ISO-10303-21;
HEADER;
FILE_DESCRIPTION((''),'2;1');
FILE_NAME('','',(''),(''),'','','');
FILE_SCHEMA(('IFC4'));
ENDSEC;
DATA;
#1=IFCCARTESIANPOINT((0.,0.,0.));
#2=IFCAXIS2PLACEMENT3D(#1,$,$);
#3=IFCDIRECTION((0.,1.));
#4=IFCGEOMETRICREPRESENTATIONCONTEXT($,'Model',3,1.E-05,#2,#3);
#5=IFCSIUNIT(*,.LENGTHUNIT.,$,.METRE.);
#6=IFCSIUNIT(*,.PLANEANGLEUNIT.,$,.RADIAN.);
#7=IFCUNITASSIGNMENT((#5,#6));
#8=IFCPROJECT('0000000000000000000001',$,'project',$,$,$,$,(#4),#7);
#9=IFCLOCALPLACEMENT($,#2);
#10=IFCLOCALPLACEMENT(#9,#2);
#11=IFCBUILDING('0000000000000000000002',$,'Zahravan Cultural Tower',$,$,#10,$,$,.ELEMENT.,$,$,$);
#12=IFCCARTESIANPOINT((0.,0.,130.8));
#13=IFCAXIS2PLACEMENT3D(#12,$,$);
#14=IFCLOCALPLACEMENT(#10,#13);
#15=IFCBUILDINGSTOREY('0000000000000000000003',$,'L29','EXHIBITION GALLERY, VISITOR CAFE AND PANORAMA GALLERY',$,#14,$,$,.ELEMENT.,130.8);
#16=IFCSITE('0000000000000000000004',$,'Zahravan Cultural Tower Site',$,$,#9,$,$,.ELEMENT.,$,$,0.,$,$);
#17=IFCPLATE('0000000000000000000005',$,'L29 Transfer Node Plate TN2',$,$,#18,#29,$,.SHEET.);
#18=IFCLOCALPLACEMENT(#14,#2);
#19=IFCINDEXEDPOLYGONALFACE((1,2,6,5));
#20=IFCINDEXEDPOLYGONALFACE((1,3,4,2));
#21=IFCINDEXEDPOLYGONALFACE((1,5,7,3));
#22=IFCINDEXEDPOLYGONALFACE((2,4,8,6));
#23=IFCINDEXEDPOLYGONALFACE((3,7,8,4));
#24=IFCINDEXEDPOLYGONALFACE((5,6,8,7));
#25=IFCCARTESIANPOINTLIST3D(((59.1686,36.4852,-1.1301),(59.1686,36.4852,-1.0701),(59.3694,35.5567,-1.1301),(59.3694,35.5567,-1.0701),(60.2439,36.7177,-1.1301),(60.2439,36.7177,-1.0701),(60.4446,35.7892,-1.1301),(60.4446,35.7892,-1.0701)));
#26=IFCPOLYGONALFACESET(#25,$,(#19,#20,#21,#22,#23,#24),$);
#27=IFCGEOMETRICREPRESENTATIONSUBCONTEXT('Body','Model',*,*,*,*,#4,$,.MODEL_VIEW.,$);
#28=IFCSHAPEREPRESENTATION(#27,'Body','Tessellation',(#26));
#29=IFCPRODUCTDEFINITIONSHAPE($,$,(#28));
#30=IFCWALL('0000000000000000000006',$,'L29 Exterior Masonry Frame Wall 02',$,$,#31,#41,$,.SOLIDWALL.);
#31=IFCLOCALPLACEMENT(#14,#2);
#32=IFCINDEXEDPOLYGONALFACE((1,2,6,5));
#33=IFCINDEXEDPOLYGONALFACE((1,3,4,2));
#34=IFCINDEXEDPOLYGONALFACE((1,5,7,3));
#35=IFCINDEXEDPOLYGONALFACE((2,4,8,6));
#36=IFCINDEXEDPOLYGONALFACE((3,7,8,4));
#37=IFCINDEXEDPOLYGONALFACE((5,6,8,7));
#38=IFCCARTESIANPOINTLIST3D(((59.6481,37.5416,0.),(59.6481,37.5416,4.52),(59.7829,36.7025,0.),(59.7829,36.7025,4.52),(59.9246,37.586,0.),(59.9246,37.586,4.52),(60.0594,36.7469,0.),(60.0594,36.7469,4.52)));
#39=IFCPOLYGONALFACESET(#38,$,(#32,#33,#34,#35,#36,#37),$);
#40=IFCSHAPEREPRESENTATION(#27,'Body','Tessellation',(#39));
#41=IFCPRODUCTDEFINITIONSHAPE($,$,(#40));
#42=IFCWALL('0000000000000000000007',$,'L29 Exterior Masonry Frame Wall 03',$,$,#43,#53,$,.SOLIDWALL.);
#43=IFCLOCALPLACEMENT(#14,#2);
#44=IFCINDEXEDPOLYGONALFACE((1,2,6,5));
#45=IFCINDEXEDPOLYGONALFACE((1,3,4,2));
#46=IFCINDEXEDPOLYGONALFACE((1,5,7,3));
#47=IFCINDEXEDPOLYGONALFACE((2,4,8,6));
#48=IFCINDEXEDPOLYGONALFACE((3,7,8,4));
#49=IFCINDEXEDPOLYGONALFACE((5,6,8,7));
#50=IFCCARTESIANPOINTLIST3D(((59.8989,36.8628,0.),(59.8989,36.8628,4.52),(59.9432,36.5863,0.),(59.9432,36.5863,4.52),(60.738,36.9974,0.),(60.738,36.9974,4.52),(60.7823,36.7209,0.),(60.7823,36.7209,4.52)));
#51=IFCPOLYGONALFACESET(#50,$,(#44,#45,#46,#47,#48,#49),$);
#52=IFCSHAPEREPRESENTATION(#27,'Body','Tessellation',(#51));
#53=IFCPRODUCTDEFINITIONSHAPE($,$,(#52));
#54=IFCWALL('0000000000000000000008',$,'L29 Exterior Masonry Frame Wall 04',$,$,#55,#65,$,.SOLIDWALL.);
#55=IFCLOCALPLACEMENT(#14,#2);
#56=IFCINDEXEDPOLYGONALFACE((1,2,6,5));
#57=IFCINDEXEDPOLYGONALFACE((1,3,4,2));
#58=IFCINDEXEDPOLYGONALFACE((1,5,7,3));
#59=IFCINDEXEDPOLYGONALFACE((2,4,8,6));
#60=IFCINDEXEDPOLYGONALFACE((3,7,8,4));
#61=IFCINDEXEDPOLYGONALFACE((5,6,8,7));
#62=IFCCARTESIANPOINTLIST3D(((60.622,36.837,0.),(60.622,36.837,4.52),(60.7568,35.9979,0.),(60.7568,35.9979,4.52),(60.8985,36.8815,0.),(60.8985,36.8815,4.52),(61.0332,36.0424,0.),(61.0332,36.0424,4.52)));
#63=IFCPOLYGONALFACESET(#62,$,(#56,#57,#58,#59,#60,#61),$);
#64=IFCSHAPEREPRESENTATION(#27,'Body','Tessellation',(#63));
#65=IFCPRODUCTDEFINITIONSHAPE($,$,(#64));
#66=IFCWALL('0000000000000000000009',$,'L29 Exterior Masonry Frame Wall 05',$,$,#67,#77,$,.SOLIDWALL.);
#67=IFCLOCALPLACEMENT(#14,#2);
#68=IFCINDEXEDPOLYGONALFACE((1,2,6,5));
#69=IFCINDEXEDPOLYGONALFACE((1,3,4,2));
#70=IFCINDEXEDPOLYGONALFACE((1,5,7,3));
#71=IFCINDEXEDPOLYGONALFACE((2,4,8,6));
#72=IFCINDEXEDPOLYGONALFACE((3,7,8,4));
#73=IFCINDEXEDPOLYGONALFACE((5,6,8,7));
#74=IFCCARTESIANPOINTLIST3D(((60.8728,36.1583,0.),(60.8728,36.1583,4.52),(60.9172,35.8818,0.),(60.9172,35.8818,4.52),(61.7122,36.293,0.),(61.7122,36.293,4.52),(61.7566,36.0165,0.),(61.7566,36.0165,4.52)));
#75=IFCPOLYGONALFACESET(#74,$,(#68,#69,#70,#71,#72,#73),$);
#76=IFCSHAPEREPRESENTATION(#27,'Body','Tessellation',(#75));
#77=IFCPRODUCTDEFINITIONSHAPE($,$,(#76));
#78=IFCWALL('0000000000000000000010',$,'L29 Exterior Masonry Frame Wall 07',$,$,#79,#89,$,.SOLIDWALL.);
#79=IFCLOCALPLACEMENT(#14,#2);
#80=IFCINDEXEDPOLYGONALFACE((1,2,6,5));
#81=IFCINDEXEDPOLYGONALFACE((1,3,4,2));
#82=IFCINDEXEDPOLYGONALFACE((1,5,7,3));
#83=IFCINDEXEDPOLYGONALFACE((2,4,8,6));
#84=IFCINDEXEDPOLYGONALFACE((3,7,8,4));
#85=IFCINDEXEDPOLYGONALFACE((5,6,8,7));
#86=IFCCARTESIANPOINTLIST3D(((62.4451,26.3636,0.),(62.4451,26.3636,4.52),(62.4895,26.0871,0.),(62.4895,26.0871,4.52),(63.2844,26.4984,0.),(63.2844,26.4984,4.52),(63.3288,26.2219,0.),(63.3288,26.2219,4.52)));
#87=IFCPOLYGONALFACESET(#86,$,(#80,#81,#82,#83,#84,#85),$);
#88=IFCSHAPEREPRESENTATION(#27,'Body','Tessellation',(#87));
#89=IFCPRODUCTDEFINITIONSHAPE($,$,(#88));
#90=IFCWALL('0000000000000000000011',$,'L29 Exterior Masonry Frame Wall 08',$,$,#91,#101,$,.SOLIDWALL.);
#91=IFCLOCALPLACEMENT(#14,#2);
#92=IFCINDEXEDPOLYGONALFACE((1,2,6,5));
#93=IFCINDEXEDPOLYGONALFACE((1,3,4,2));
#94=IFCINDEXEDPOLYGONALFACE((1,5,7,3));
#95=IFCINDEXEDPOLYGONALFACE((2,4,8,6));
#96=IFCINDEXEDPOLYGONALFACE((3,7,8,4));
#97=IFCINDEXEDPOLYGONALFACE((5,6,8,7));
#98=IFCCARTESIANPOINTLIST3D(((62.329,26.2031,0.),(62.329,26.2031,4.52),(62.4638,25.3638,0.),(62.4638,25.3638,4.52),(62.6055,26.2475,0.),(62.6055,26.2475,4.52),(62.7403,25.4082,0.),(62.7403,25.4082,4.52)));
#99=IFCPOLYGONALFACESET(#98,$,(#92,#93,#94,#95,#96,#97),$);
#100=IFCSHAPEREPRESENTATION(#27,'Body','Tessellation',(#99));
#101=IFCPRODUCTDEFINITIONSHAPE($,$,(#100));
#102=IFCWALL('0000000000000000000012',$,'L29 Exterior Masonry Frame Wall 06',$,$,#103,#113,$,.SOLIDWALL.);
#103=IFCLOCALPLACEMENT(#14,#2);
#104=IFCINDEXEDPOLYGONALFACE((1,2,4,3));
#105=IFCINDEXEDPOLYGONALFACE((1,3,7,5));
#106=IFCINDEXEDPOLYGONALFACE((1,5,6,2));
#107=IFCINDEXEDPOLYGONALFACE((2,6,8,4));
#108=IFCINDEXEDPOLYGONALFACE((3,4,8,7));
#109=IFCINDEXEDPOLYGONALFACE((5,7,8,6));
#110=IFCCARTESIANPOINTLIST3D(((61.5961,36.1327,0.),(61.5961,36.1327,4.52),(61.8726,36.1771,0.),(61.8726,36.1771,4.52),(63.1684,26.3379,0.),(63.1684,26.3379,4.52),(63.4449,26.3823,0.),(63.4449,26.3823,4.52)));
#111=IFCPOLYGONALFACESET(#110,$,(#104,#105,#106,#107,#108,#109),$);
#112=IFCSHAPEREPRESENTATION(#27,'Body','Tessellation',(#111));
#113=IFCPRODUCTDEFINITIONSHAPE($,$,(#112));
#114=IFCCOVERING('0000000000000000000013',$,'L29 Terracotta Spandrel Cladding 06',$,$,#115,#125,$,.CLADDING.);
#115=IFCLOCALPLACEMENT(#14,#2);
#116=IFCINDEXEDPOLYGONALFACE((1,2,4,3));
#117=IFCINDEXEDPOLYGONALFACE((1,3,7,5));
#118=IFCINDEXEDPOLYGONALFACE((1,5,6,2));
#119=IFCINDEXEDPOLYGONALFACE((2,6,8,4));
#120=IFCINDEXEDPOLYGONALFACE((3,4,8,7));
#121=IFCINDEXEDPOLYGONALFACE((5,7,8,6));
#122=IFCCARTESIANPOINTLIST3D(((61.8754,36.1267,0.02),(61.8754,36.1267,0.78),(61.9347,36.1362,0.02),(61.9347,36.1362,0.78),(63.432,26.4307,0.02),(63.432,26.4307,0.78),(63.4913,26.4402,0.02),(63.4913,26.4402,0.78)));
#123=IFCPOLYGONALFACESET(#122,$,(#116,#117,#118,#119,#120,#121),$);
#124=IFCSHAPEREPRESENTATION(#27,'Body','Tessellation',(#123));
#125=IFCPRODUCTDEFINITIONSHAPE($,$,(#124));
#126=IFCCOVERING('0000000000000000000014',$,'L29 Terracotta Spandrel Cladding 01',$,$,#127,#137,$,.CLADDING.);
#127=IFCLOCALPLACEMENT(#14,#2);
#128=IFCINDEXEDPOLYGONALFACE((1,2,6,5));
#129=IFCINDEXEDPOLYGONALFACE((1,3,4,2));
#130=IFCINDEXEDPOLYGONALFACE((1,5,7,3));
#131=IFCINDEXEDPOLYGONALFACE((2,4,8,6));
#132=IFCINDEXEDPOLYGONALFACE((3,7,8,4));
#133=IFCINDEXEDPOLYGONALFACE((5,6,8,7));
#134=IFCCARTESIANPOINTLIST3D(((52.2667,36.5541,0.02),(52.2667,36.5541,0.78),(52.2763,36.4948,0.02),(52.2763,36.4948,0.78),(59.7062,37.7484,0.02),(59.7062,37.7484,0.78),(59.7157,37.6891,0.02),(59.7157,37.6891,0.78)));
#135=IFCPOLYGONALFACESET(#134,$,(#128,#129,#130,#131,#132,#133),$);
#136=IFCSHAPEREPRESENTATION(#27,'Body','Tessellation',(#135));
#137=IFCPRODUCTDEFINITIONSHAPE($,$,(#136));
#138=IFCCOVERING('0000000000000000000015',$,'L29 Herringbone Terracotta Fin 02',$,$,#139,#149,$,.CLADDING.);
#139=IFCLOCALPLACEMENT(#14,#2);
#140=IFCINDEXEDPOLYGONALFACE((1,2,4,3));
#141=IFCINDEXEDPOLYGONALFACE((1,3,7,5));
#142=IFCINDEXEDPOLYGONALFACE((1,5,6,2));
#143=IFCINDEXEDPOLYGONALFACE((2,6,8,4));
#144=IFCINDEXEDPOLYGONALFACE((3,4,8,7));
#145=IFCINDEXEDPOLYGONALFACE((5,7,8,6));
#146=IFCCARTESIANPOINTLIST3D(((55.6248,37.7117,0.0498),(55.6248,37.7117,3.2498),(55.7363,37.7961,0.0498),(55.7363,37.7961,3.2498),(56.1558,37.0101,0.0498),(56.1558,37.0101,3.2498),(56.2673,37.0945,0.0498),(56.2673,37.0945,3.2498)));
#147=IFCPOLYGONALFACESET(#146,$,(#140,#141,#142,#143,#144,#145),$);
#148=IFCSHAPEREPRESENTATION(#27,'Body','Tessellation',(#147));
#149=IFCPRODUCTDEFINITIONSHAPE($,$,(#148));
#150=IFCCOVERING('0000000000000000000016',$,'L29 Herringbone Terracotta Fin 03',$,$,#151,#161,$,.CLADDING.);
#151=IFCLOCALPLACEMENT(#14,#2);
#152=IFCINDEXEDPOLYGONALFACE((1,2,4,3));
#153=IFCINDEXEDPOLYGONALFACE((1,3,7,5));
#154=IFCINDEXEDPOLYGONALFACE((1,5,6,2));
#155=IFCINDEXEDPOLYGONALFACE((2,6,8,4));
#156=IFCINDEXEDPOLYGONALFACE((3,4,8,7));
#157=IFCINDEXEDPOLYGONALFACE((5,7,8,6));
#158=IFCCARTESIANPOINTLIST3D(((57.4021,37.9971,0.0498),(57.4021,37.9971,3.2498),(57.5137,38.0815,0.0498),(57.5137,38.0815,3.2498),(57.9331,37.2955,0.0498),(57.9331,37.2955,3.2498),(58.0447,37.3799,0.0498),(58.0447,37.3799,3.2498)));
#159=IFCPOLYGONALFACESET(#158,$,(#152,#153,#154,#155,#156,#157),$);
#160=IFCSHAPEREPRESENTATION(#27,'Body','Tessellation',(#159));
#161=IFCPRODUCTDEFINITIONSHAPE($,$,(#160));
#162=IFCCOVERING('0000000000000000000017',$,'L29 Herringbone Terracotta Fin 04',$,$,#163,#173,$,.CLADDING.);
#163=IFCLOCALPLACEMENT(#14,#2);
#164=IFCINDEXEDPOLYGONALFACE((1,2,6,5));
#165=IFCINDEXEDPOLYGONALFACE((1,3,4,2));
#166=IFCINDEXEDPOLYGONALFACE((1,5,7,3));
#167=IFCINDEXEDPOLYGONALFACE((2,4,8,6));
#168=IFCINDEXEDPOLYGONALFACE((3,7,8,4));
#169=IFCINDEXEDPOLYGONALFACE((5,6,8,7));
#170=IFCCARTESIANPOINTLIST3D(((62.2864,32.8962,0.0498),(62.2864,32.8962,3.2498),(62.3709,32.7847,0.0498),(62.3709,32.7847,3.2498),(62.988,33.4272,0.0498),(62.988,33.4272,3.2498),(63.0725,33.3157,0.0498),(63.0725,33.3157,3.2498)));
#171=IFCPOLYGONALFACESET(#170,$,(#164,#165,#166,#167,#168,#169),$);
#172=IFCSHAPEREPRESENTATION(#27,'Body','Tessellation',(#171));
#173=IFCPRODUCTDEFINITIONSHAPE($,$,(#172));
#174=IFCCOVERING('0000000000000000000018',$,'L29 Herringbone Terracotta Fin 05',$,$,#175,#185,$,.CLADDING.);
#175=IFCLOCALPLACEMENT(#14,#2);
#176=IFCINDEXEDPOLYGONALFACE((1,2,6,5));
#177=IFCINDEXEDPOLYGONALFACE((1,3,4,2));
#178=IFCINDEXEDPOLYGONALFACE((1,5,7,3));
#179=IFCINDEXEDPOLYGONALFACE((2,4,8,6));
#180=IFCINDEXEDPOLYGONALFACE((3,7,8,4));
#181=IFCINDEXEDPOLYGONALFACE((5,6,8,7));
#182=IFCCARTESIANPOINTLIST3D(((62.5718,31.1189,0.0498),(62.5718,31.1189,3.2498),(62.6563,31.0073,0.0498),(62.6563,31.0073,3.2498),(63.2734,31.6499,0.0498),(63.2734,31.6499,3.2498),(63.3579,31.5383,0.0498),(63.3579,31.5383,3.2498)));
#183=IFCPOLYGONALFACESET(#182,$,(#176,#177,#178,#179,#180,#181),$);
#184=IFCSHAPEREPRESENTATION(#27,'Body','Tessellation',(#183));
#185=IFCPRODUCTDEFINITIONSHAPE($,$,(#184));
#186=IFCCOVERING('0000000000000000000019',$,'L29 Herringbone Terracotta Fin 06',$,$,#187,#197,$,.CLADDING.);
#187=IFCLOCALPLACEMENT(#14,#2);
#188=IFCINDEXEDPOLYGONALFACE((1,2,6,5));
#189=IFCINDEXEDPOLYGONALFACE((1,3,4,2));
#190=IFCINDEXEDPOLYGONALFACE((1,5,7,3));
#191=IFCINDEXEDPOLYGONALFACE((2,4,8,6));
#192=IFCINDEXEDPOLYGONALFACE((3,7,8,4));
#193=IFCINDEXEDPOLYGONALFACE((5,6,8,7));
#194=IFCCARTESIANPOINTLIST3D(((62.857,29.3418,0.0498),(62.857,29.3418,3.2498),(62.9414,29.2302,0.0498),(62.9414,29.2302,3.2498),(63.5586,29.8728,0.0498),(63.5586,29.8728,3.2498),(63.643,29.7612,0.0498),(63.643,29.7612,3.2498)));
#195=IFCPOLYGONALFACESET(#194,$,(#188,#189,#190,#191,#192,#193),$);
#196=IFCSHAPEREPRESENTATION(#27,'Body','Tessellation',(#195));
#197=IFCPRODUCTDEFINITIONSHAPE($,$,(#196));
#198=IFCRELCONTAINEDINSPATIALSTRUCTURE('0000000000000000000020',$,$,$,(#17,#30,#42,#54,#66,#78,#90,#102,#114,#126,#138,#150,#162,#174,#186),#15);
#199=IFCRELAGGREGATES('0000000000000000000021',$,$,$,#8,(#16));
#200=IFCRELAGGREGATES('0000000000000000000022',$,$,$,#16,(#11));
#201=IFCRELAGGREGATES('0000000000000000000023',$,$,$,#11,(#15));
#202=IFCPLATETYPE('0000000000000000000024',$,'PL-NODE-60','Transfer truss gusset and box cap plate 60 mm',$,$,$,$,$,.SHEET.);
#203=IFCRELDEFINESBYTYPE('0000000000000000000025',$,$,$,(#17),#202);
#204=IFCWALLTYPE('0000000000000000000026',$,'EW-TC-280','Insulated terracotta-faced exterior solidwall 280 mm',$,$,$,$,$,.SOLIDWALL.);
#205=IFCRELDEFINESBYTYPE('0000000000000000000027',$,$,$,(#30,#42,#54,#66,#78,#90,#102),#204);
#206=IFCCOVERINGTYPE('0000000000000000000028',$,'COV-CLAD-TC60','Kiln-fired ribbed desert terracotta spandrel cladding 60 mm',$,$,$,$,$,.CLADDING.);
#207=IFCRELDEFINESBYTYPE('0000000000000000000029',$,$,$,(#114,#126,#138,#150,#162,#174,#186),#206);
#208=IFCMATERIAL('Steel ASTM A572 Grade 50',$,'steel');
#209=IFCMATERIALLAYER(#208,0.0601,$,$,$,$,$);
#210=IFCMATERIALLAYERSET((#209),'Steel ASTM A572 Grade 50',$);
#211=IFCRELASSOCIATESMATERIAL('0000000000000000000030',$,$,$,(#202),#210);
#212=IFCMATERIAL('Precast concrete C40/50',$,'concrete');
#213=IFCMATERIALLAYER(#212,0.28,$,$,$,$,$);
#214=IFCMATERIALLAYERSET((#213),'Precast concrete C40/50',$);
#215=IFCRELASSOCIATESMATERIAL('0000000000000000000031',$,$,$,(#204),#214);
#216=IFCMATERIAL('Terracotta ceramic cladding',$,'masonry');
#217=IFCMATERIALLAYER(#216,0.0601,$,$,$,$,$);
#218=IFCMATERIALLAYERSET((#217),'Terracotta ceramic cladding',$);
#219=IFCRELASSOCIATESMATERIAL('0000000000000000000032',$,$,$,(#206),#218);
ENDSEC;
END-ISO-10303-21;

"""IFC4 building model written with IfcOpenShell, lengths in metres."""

from ifc_helpers import new_model, si_unit, direction, frame, frame_2d, origin, origin_2d, place, context, subcontext, project, spatial, rectangle, extrude, source, transform, mapped, material, layer, layer_set, type_object, element, save


model = new_model("IFC4")

# Units and contexts
model_context = context("Model", 3, precision=1e-05, world=origin(), true_north=direction((0.0, 1.0)))
body_context = subcontext(model_context, "Body", "Model", "MODEL_VIEW")
ifc_project = project(units=[si_unit("LENGTHUNIT", "METRE"), si_unit("PLANEANGLEUNIT", "RADIAN")], contexts=[model_context])

# Site, building, storey
site_placement = place(None, origin())
site = spatial("IfcSite", under=ifc_project, at=site_placement, Name="Zahravan Cultural Tower Site", CompositionType="ELEMENT", RefElevation=0.0)
building_placement = place(site_placement, origin())
building = spatial("IfcBuilding", under=site, at=building_placement, Name="Zahravan Cultural Tower", CompositionType="ELEMENT")
storey_placement = place(building_placement, frame((0.0, 0.0, 130.8)))
storey = spatial("IfcBuildingStorey", under=building, at=storey_placement, Name="L29", Description="EXHIBITION GALLERY, VISITOR CAFE AND PANORAMA GALLERY", CompositionType="ELEMENT", Elevation=130.8)

# Shared definitions
ifc_material_1 = material(Name="Steel ASTM A572 Grade 50", Category="steel")

# Plate
ifc_layer_1 = layer(ifc_material_1, 0.0601)
ifc_layer_set_1 = layer_set([ifc_layer_1], Name="Steel ASTM A572 Grade 50")
plate_type = type_object("IfcPlateType", Name="PL-NODE-60", Description="Transfer truss gusset and box cap plate 60 mm", PredefinedType="SHEET", material=ifc_layer_set_1)
shared_shape_1 = source(origin(), body_context, "Body", "SweptSolid", [
    extrude(rectangle(XDim=1.1001, YDim=0.95, at=origin_2d()), origin(), (0.0, 0.0, 1.0), 0.0601),
])
for number, where, z_axis, x_axis, name in (
    (1, (59.8066, 36.1372, -1.1301), (0.0, 0.0, 1.0), (0.977416, 0.211325, 0.0), "L29 Transfer Node Plate TN2"),
):
    element("IfcPlate", number, at=place(storey_placement, frame(where, z_axis=z_axis, x_axis=x_axis)), inside=storey, type_object=plate_type, Name=name, PredefinedType="SHEET", context=body_context, shape_type="MappedRepresentation", body=[
        mapped(shared_shape_1, transform((0.0, 0.0, 0.0), x_axis=(1.0, 0.0, 0.0), y_axis=(0.0, 1.0, 0.0), z_axis=(0.0, 0.0, 1.0), scale=1.0)),
    ])

# Walls
ifc_material_2 = material(Name="Precast concrete C40/50", Category="concrete")
ifc_layer_2 = layer(ifc_material_2, 0.28)
ifc_layer_set_2 = layer_set([ifc_layer_2], Name="Precast concrete C40/50")
wall_type = type_object("IfcWallType", Name="EW-TC-280", Description="Insulated terracotta-faced exterior solidwall 280 mm", PredefinedType="SOLIDWALL", material=ifc_layer_set_2)
shared_shape_2 = source(origin(), body_context, "Body", "SweptSolid", [
    extrude(rectangle(XDim=0.8499, YDim=0.28, at=frame_2d((0.4248, 0.0))), origin(), (0.0, 0.0, 1.0), 4.52),
])
for number, where, z_axis, x_axis, name in (
    (2, (59.7864, 37.5637, 0.0), (0.0, 0.0, 1.0), (0.158573, -0.987347, 0.0), "L29 Exterior Masonry Frame Wall 02"),
    (3, (59.9211, 36.7246, 0.0), (0.0, 0.0, 1.0), (0.987392, 0.158293, 0.0), "L29 Exterior Masonry Frame Wall 03"),
    (4, (60.7603, 36.8591, 0.0), (0.0, 0.0, 1.0), (0.158573, -0.987347, 0.0), "L29 Exterior Masonry Frame Wall 04"),
):
    element("IfcWall", number, at=place(storey_placement, frame(where, z_axis=z_axis, x_axis=x_axis)), inside=storey, type_object=wall_type, Name=name, PredefinedType="SOLIDWALL", context=body_context, shape_type="MappedRepresentation", body=[
        mapped(shared_shape_2, transform((0.0, 0.0, 0.0), x_axis=(1.0, 0.0, 0.0), y_axis=(0.0, 1.0, 0.0), z_axis=(0.0, 0.0, 1.0), scale=1.0)),
    ])
shared_shape_3 = source(origin(), body_context, "Body", "SweptSolid", [
    extrude(rectangle(XDim=0.8501, YDim=0.28, at=frame_2d((0.425, 0.0))), origin(), (0.0, 0.0, 1.0), 4.52),
])
for number, where, z_axis, x_axis, name in (
    (5, (60.895, 36.02, 0.0), (0.0, 0.0, 1.0), (0.987354, 0.158528, 0.0), "L29 Exterior Masonry Frame Wall 05"),
    (6, (63.3066, 26.3601, 0.0), (0.0, 0.0, 1.0), (-0.987354, -0.158528, 0.0), "L29 Exterior Masonry Frame Wall 07"),
    (7, (62.4673, 26.2253, 0.0), (0.0, 0.0, 1.0), (0.158528, -0.987354, 0.0), "L29 Exterior Masonry Frame Wall 08"),
):
    element("IfcWall", number, at=place(storey_placement, frame(where, z_axis=z_axis, x_axis=x_axis)), inside=storey, type_object=wall_type, Name=name, PredefinedType="SOLIDWALL", context=body_context, shape_type="MappedRepresentation", body=[
        mapped(shared_shape_3, transform((0.0, 0.0, 0.0), x_axis=(1.0, 0.0, 0.0), y_axis=(0.0, 1.0, 0.0), z_axis=(0.0, 0.0, 1.0), scale=1.0)),
    ])
shared_shape_4 = source(origin(), body_context, "Body", "SweptSolid", [
    extrude(rectangle(XDim=9.9202, YDim=0.28, at=frame_2d((4.96, 0.0))), origin(), (0.0, 0.0, 1.0), 4.52),
])
wall_placement = place(storey_placement, frame((61.7344, 36.1548, 0.0), z_axis=(0.0, 0.0, 1.0), x_axis=(0.158493, -0.98736, 0.0)))
element("IfcWall", 8, at=wall_placement, inside=storey, type_object=wall_type, Name="L29 Exterior Masonry Frame Wall 06", PredefinedType="SOLIDWALL", context=body_context, shape_type="MappedRepresentation", body=[
    mapped(shared_shape_4, transform((0.0, 0.0, 0.0), x_axis=(1.0, 0.0, 0.0), y_axis=(0.0, 1.0, 0.0), z_axis=(0.0, 0.0, 1.0), scale=1.0)),
])

# Coverings
ifc_material_3 = material(Name="Terracotta ceramic cladding", Category="masonry")
ifc_layer_3 = layer(ifc_material_3, 0.0601)
ifc_layer_set_3 = layer_set([ifc_layer_3], Name="Terracotta ceramic cladding")
covering_type = type_object("IfcCoveringType", Name="COV-CLAD-TC60", Description="Kiln-fired ribbed desert terracotta spandrel cladding 60 mm", PredefinedType="CLADDING", material=ifc_layer_set_3)
shared_shape_5 = source(origin(), body_context, "Body", "SweptSolid", [
    extrude(rectangle(XDim=9.8201, YDim=0.0601, at=origin_2d()), origin(), (0.0, 0.0, 1.0), 0.76),
])
covering_1_placement = place(storey_placement, frame((62.6833, 31.2834, 0.02), z_axis=(0.0, 0.0, 1.0), x_axis=(0.158503, -0.987359, 0.0)))
element("IfcCovering", 9, at=covering_1_placement, inside=storey, type_object=covering_type, Name="L29 Terracotta Spandrel Cladding 06", PredefinedType="CLADDING", context=body_context, shape_type="MappedRepresentation", body=[
    mapped(shared_shape_5, transform((0.0, 0.0, 0.0), x_axis=(1.0, 0.0, 0.0), y_axis=(0.0, 1.0, 0.0), z_axis=(0.0, 0.0, 1.0), scale=1.0)),
])
shared_shape_6 = source(origin(), body_context, "Body", "SweptSolid", [
    extrude(rectangle(XDim=7.5347, YDim=0.0601, at=origin_2d()), origin(), (0.0, 0.0, 1.0), 0.76),
])
covering_2_placement = place(storey_placement, frame((55.9912, 37.1216, 0.02), z_axis=(0.0, 0.0, 1.0), x_axis=(0.987359, 0.158503, 0.0)))
element("IfcCovering", 10, at=covering_2_placement, inside=storey, type_object=covering_type, Name="L29 Terracotta Spandrel Cladding 01", PredefinedType="CLADDING", context=body_context, shape_type="MappedRepresentation", body=[
    mapped(shared_shape_6, transform((0.0, 0.0, 0.0), x_axis=(1.0, 0.0, 0.0), y_axis=(0.0, 1.0, 0.0), z_axis=(0.0, 0.0, 1.0), scale=1.0)),
])
shared_shape_7 = source(origin(), body_context, "Body", "SweptSolid", [
    extrude(rectangle(XDim=0.8799, YDim=0.1399, at=origin_2d()), origin(), (0.0, 0.0, 1.0), 3.2),
])
for number, where, z_axis, x_axis, name in (
    (11, (55.946, 37.4031, 0.0498), (0.0, 0.0, 1.0), (-0.603486, 0.797373, 0.0), "L29 Herringbone Terracotta Fin 02"),
    (12, (57.7234, 37.6885, 0.0498), (0.0, 0.0, 1.0), (-0.603486, 0.797373, 0.0), "L29 Herringbone Terracotta Fin 03"),
    (13, (62.6794, 33.106, 0.0498), (0.0, 0.0, 1.0), (0.797373, 0.603486, 0.0), "L29 Herringbone Terracotta Fin 04"),
    (14, (62.9648, 31.3286, 0.0498), (0.0, 0.0, 1.0), (0.797373, 0.603486, 0.0), "L29 Herringbone Terracotta Fin 05"),
    (15, (63.25, 29.5515, 0.0498), (0.0, 0.0, 1.0), (0.797373, 0.603486, 0.0), "L29 Herringbone Terracotta Fin 06"),
):
    element("IfcCovering", number, at=place(storey_placement, frame(where, z_axis=z_axis, x_axis=x_axis)), inside=storey, type_object=covering_type, Name=name, PredefinedType="CLADDING", context=body_context, shape_type="MappedRepresentation", body=[
        mapped(shared_shape_7, transform((0.0, 0.0, 0.0), x_axis=(1.0, 0.0, 0.0), y_axis=(0.0, 1.0, 0.0), z_axis=(0.0, 0.0, 1.0), scale=1.0)),
    ])

save(model, "model.ifc")
